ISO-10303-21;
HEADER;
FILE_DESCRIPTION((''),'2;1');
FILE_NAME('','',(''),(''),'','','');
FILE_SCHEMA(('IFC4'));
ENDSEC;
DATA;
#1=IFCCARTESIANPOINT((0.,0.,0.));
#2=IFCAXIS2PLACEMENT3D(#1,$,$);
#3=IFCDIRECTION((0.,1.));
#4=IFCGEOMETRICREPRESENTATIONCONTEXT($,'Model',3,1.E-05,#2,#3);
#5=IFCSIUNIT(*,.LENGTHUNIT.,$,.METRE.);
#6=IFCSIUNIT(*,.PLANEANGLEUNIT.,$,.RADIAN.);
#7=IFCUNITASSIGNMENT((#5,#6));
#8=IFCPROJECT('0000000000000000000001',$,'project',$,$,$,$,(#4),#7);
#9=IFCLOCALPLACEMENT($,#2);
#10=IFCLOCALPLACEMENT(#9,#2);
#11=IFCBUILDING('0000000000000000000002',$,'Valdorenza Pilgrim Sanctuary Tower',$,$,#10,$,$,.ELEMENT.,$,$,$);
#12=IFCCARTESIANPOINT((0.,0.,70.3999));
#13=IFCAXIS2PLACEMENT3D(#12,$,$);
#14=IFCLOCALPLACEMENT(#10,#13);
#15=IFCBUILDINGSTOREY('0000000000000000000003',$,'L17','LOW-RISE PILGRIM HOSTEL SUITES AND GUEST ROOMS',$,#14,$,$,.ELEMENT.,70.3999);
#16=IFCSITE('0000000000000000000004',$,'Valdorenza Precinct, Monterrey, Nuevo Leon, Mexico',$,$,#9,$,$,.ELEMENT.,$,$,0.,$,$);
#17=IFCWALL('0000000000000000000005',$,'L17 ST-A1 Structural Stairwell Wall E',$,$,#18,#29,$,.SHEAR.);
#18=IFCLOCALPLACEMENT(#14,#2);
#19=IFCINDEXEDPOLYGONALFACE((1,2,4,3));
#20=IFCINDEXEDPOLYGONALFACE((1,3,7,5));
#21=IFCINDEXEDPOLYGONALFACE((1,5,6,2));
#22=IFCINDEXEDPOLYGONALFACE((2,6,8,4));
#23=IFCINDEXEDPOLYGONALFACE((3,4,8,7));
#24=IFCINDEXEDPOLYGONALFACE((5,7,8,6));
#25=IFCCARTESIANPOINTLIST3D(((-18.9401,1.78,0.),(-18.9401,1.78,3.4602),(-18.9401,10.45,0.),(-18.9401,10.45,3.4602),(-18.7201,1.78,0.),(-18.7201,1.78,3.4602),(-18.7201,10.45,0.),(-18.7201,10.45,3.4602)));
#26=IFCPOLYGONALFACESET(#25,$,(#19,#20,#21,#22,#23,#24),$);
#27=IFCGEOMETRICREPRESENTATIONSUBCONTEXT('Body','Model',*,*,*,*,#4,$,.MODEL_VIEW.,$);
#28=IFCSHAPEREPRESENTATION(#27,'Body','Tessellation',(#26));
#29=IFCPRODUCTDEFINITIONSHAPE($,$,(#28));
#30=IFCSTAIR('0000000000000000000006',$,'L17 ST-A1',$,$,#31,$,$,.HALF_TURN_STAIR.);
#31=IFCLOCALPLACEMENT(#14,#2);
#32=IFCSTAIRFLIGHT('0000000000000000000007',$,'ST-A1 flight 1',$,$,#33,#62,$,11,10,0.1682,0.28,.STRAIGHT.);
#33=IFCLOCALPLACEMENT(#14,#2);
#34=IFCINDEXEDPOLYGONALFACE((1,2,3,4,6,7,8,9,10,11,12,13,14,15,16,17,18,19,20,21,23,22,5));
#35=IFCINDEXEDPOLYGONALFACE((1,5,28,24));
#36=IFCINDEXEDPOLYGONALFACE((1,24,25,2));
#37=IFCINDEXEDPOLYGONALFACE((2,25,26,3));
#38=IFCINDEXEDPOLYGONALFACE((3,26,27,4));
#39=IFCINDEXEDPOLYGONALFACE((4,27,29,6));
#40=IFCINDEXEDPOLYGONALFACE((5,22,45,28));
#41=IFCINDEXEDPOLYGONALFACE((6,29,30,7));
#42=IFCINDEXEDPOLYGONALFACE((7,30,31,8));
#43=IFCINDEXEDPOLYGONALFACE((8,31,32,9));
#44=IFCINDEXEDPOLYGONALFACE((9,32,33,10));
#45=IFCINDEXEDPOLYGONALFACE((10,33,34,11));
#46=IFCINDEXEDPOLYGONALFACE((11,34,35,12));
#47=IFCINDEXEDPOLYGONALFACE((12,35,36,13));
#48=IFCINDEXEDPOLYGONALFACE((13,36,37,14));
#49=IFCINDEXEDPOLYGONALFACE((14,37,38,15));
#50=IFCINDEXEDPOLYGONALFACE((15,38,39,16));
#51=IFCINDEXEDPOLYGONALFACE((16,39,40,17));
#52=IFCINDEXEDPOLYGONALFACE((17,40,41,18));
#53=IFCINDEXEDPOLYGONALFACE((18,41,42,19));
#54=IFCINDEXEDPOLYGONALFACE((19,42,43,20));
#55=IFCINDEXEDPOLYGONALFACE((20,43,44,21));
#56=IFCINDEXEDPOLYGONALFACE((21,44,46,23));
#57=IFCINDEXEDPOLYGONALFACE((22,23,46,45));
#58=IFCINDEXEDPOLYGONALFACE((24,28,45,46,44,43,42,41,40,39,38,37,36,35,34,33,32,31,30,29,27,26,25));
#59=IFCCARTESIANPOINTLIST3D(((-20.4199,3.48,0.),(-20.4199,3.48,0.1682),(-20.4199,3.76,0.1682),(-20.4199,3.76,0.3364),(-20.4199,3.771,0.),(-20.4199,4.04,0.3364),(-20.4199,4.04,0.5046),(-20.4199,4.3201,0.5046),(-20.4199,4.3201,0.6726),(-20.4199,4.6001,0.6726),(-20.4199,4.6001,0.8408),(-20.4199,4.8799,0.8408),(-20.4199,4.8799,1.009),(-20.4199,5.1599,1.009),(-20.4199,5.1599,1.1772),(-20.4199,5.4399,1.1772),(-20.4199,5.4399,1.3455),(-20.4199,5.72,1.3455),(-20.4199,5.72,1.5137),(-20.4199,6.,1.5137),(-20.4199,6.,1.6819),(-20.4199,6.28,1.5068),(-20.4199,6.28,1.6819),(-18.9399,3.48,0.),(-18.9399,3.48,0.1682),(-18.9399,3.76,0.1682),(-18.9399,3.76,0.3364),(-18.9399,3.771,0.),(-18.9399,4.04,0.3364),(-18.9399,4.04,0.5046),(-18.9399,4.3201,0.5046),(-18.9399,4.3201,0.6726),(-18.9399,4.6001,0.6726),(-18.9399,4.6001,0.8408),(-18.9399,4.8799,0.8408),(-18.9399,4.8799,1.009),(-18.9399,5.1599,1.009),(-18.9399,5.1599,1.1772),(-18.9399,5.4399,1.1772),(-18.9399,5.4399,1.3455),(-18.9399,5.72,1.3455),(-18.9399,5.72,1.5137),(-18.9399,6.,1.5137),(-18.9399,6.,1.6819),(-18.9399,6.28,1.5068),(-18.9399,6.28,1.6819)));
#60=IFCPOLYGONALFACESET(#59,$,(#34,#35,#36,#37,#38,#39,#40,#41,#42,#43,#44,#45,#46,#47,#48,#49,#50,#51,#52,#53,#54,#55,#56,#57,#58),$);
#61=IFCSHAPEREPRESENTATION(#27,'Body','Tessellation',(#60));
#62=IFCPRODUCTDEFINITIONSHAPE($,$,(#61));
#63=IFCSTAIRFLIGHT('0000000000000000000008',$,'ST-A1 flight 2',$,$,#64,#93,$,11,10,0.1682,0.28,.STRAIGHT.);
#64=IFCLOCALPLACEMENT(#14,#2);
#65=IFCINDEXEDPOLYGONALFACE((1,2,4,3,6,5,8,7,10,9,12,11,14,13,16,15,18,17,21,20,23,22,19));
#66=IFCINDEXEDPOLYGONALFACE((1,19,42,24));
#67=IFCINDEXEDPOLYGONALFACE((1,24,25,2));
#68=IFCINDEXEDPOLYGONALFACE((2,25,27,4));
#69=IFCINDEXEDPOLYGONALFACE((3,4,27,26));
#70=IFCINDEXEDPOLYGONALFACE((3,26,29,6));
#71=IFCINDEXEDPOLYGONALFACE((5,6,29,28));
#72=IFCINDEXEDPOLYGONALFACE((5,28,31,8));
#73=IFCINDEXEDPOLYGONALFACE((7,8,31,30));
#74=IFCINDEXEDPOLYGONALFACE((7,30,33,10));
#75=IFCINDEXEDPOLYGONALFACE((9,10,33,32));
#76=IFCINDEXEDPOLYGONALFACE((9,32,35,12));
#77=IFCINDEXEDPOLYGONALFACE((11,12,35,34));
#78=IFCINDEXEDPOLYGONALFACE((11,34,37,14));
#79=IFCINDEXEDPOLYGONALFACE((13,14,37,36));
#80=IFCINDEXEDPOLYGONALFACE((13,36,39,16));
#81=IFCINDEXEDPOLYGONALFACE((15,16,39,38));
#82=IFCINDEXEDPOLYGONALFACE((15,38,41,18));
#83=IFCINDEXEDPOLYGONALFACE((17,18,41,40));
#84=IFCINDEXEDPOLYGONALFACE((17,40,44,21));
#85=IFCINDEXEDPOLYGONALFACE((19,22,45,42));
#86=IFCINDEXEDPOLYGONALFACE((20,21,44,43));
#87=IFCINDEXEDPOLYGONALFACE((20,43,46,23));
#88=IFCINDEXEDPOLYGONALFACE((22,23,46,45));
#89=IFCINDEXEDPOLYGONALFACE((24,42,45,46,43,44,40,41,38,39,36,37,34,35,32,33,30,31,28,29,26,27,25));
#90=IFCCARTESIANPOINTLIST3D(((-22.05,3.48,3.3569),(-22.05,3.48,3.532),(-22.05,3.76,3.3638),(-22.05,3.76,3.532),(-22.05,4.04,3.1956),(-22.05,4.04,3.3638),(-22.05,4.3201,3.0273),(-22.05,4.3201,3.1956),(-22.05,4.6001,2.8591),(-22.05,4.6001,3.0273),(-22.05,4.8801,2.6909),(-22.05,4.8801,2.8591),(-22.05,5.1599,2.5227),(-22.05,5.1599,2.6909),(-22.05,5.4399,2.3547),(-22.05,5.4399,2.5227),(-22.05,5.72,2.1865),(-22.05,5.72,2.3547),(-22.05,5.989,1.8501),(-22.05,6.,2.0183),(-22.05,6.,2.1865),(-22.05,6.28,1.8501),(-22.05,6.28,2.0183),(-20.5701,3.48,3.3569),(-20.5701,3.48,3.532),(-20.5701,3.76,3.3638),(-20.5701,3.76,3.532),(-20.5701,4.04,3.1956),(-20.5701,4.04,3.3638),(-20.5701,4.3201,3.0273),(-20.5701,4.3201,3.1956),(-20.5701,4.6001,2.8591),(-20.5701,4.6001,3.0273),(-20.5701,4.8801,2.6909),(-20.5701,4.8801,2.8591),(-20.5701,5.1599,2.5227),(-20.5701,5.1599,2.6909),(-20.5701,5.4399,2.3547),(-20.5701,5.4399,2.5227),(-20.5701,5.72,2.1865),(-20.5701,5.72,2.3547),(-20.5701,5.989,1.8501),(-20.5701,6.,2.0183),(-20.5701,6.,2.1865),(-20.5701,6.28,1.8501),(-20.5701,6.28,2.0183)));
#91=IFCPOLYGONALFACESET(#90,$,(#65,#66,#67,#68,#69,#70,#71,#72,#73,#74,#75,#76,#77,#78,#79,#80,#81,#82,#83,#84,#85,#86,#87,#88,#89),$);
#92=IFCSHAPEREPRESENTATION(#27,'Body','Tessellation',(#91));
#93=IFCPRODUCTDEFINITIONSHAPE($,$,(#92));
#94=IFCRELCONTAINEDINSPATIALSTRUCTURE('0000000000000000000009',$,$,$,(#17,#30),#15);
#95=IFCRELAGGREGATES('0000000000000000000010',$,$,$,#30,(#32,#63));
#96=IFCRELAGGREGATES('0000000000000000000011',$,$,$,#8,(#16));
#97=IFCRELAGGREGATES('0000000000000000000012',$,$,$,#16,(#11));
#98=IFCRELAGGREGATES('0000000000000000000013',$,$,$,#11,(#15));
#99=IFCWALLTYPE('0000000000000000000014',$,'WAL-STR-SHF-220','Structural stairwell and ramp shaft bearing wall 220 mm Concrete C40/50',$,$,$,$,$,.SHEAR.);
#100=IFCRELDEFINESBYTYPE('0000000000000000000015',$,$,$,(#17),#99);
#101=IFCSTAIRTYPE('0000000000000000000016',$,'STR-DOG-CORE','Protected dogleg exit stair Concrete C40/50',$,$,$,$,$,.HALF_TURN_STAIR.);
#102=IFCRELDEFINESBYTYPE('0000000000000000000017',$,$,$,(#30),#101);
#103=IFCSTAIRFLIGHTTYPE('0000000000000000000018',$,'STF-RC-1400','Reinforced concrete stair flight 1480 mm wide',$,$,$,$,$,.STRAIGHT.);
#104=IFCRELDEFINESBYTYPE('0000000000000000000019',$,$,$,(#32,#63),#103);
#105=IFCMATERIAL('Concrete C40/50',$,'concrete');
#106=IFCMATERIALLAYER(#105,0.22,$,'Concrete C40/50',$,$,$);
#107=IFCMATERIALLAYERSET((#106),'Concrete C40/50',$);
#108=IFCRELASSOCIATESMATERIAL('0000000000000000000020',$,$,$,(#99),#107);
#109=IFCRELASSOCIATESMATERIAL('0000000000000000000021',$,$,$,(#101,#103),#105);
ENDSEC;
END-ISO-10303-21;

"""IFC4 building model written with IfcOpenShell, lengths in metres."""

from ifc_helpers import new_model, si_unit, direction, frame, frame_2d, origin, place, context, subcontext, project, spatial, polyline, rectangle, outline, extrude, material, layer, layer_set, type_object, element, aggregate, save


model = new_model("IFC4")

# Units and contexts
model_context = context("Model", 3, precision=1e-05, world=origin(), true_north=direction((0.0, 1.0)))
body_context = subcontext(model_context, "Body", "Model", "MODEL_VIEW")
ifc_project = project(units=[si_unit("LENGTHUNIT", "METRE"), si_unit("PLANEANGLEUNIT", "RADIAN")], contexts=[model_context])

# Site, building, storey
site_placement = place(None, origin())
site = spatial("IfcSite", under=ifc_project, at=site_placement, Name="Valdorenza Precinct, Monterrey, Nuevo Leon, Mexico", CompositionType="ELEMENT", RefElevation=0.0)
building_placement = place(site_placement, origin())
building = spatial("IfcBuilding", under=site, at=building_placement, Name="Valdorenza Pilgrim Sanctuary Tower", CompositionType="ELEMENT")
storey_placement = place(building_placement, frame((0.0, 0.0, 70.3999)))
storey = spatial("IfcBuildingStorey", under=building, at=storey_placement, Name="L17", Description="LOW-RISE PILGRIM HOSTEL SUITES AND GUEST ROOMS", CompositionType="ELEMENT", Elevation=70.3999)

# Wall
ifc_material_1 = material(Name="Concrete C40/50", Category="concrete")
ifc_layer_1 = layer(ifc_material_1, 0.22, Name="Concrete C40/50")
ifc_layer_set_1 = layer_set([ifc_layer_1], Name="Concrete C40/50")
wall_type_1 = type_object("IfcWallType", Name="WAL-STR-SHF-220", Description="Structural stairwell and ramp shaft bearing wall 220 mm Concrete C40/50", PredefinedType="SHEAR", material=ifc_layer_set_1)
wall_1_placement = place(storey_placement, frame((-18.8301, 1.78, 0.0), z_axis=(0.0, 0.0, 1.0), x_axis=(0.0, 1.0, 0.0)))
element("IfcWall", 1, at=wall_1_placement, inside=storey, type_object=wall_type_1, Name="L17 ST-A1 Structural Stairwell Wall E", PredefinedType="SHEAR", context=body_context, shape_type="SweptSolid", body=[
    extrude(rectangle(XDim=8.6699, YDim=0.22, at=frame_2d((4.335, 0.0))), origin(), (0.0, 0.0, 1.0), 3.4602),
])

# Stair, stair flights
stair_type = type_object("IfcStairType", Name="STR-DOG-CORE", Description="Protected dogleg exit stair Concrete C40/50", PredefinedType="HALF_TURN_STAIR", material=ifc_material_1)
stair_placement = place(storey_placement, origin())
stair = element("IfcStair", 2, at=stair_placement, inside=storey, type_object=stair_type, Name="L17 ST-A1", PredefinedType="HALF_TURN_STAIR")
stair_flight_type = type_object("IfcStairFlightType", Name="STF-RC-1400", Description="Reinforced concrete stair flight 1480 mm wide", PredefinedType="STRAIGHT", material=ifc_material_1)
stair_flight_1_placement = place(storey_placement, frame((-19.6799, 3.48, 0.0), z_axis=(0.0, 0.0, 1.0), x_axis=(0.0, 1.0, 0.0)))
stair_flight_1 = element("IfcStairFlight", 3, at=stair_flight_1_placement, type_object=stair_flight_type, Name="ST-A1 flight 1", NumberOfRisers=11, NumberOfTreads=10, PredefinedType="STRAIGHT", RiserHeight=0.1682, TreadLength=0.28, context=body_context, shape_type="SweptSolid", body=[
    extrude(outline(polyline([(0.0, 0.0), (0.0, 0.1682), (0.28, 0.1682), (0.28, 0.3364), (0.5601, 0.3364), (0.5601, 0.5046), (0.8401, 0.5046), (0.8401, 0.6726), (1.1201, 0.6726), (1.1201, 0.8408), (1.3999, 0.8408), (1.3999, 1.009), (1.6799, 1.009), (1.6799, 1.1772), (1.96, 1.1772), (1.96, 1.3455), (2.24, 1.3455), (2.24, 1.5137), (2.52, 1.5137), (2.52, 1.6819), (2.8, 1.6819), (2.8, 1.8501), (2.8, 1.5068), (0.291, 0.0), (0.0, 0.0)])), frame((0.0, 0.74, 0.0), z_axis=(0.0, -1.0, 0.0), x_axis=(1.0, 0.0, 0.0)), (0.0, 0.0, 1.0), 1.48),
])
stair_flight_2_placement = place(storey_placement, frame((-21.3101, 6.28, 1.8501), z_axis=(0.0, 0.0, 1.0), x_axis=(0.0, -1.0, 0.0)))
stair_flight_2 = element("IfcStairFlight", 4, at=stair_flight_2_placement, type_object=stair_flight_type, Name="ST-A1 flight 2", NumberOfRisers=11, NumberOfTreads=10, PredefinedType="STRAIGHT", RiserHeight=0.1682, TreadLength=0.28, context=body_context, shape_type="SweptSolid", body=[
    extrude(outline(polyline([(0.0, 0.0), (0.0, 0.1682), (0.28, 0.1682), (0.28, 0.3364), (0.5601, 0.3364), (0.5601, 0.5046), (0.8401, 0.5046), (0.8401, 0.6726), (1.1201, 0.6726), (1.1201, 0.8408), (1.3999, 0.8408), (1.3999, 1.009), (1.6799, 1.009), (1.6799, 1.1772), (1.96, 1.1772), (1.96, 1.3455), (2.24, 1.3455), (2.24, 1.5137), (2.52, 1.5137), (2.52, 1.6819), (2.8, 1.6819), (2.8, 1.8501), (2.8, 1.5068), (0.291, 0.0), (0.0, 0.0)])), frame((0.0, 0.74, 0.0), z_axis=(0.0, -1.0, 0.0), x_axis=(1.0, 0.0, 0.0)), (0.0, 0.0, 1.0), 1.48),
])
aggregate(stair, [stair_flight_1, stair_flight_2])

save(model, "model.ifc")
